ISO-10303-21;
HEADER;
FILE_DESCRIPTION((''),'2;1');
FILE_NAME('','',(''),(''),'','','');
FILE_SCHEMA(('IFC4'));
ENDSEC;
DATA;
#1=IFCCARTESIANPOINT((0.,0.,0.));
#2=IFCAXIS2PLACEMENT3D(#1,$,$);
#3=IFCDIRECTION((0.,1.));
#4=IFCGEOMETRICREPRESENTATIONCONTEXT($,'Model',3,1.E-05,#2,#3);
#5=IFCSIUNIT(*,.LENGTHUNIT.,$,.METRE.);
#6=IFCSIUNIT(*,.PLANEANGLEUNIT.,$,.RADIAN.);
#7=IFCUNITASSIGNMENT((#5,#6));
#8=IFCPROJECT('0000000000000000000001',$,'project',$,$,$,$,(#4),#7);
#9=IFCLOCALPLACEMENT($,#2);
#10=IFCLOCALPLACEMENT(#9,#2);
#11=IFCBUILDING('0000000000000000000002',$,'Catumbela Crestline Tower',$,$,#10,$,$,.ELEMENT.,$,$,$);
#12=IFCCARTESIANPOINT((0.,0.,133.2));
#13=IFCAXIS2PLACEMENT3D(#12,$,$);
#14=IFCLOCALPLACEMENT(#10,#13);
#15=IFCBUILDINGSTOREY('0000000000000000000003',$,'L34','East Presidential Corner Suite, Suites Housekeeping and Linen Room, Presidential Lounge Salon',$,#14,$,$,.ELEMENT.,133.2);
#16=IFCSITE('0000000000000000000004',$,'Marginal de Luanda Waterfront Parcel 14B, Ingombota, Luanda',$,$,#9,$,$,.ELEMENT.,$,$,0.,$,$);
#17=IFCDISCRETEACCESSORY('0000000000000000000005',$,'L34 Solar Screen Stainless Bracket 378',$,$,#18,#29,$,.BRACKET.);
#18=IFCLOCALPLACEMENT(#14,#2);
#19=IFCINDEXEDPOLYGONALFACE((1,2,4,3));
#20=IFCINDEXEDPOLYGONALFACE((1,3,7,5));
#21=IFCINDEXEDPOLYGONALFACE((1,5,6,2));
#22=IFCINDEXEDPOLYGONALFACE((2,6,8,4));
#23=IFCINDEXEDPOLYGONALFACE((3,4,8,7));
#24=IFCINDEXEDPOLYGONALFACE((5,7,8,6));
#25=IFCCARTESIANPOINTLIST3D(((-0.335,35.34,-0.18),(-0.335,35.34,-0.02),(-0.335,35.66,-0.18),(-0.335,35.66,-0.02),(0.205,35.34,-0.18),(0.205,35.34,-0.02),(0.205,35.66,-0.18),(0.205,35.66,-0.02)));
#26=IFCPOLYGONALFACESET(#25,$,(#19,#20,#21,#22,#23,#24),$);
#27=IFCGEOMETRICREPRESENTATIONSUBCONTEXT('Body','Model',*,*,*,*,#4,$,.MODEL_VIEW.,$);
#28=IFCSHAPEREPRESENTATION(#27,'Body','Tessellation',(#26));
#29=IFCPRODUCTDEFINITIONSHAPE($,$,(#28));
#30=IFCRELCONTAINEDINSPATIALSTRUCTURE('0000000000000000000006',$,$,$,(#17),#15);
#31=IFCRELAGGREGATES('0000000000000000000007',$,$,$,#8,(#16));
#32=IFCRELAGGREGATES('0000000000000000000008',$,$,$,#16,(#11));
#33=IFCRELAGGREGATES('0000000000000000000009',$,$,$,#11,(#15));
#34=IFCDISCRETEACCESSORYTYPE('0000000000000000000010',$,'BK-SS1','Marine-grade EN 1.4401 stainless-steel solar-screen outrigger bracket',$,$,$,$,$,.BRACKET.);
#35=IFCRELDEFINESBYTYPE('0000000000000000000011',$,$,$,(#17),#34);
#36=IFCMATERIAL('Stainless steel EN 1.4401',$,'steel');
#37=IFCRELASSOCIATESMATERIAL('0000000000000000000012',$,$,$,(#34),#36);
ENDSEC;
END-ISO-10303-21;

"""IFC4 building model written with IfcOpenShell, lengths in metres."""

from ifc_helpers import new_model, si_unit, direction, frame, origin, origin_2d, place, context, subcontext, project, spatial, rectangle, extrude, material, type_object, element, save


model = new_model("IFC4")

# Units and contexts
model_context = context("Model", 3, precision=1e-05, world=origin(), true_north=direction((0.0, 1.0)))
body_context = subcontext(model_context, "Body", "Model", "MODEL_VIEW")
ifc_project = project(units=[si_unit("LENGTHUNIT", "METRE"), si_unit("PLANEANGLEUNIT", "RADIAN")], contexts=[model_context])

# Site, building, storey
site_placement = place(None, origin())
site = spatial("IfcSite", under=ifc_project, at=site_placement, Name="Marginal de Luanda Waterfront Parcel 14B, Ingombota, Luanda", CompositionType="ELEMENT", RefElevation=0.0)
building_placement = place(site_placement, origin())
building = spatial("IfcBuilding", under=site, at=building_placement, Name="Catumbela Crestline Tower", CompositionType="ELEMENT")
storey_placement = place(building_placement, frame((0.0, 0.0, 133.2)))
storey = spatial("IfcBuildingStorey", under=building, at=storey_placement, Name="L34", Description="East Presidential Corner Suite, Suites Housekeeping and Linen Room, Presidential Lounge Salon", CompositionType="ELEMENT", Elevation=133.2)

# Discrete accessory
ifc_material_1 = material(Name="Stainless steel EN 1.4401", Category="steel")
discrete_accessory_type = type_object("IfcDiscreteAccessoryType", Name="BK-SS1", Description="Marine-grade EN 1.4401 stainless-steel solar-screen outrigger bracket", PredefinedType="BRACKET", material=ifc_material_1)
discrete_accessory_placement = place(storey_placement, frame((-0.065, 35.5, -0.18), z_axis=(0.0, 0.0, 1.0), x_axis=(0.0, -1.0, 0.0)))
element("IfcDiscreteAccessory", 1, at=discrete_accessory_placement, inside=storey, type_object=discrete_accessory_type, Name="L34 Solar Screen Stainless Bracket 378", PredefinedType="BRACKET", context=body_context, shape_type="SweptSolid", body=[
    extrude(rectangle(XDim=0.32, YDim=0.54, at=origin_2d()), origin(), (0.0, 0.0, 1.0), 0.16),
])

save(model, "model.ifc")
